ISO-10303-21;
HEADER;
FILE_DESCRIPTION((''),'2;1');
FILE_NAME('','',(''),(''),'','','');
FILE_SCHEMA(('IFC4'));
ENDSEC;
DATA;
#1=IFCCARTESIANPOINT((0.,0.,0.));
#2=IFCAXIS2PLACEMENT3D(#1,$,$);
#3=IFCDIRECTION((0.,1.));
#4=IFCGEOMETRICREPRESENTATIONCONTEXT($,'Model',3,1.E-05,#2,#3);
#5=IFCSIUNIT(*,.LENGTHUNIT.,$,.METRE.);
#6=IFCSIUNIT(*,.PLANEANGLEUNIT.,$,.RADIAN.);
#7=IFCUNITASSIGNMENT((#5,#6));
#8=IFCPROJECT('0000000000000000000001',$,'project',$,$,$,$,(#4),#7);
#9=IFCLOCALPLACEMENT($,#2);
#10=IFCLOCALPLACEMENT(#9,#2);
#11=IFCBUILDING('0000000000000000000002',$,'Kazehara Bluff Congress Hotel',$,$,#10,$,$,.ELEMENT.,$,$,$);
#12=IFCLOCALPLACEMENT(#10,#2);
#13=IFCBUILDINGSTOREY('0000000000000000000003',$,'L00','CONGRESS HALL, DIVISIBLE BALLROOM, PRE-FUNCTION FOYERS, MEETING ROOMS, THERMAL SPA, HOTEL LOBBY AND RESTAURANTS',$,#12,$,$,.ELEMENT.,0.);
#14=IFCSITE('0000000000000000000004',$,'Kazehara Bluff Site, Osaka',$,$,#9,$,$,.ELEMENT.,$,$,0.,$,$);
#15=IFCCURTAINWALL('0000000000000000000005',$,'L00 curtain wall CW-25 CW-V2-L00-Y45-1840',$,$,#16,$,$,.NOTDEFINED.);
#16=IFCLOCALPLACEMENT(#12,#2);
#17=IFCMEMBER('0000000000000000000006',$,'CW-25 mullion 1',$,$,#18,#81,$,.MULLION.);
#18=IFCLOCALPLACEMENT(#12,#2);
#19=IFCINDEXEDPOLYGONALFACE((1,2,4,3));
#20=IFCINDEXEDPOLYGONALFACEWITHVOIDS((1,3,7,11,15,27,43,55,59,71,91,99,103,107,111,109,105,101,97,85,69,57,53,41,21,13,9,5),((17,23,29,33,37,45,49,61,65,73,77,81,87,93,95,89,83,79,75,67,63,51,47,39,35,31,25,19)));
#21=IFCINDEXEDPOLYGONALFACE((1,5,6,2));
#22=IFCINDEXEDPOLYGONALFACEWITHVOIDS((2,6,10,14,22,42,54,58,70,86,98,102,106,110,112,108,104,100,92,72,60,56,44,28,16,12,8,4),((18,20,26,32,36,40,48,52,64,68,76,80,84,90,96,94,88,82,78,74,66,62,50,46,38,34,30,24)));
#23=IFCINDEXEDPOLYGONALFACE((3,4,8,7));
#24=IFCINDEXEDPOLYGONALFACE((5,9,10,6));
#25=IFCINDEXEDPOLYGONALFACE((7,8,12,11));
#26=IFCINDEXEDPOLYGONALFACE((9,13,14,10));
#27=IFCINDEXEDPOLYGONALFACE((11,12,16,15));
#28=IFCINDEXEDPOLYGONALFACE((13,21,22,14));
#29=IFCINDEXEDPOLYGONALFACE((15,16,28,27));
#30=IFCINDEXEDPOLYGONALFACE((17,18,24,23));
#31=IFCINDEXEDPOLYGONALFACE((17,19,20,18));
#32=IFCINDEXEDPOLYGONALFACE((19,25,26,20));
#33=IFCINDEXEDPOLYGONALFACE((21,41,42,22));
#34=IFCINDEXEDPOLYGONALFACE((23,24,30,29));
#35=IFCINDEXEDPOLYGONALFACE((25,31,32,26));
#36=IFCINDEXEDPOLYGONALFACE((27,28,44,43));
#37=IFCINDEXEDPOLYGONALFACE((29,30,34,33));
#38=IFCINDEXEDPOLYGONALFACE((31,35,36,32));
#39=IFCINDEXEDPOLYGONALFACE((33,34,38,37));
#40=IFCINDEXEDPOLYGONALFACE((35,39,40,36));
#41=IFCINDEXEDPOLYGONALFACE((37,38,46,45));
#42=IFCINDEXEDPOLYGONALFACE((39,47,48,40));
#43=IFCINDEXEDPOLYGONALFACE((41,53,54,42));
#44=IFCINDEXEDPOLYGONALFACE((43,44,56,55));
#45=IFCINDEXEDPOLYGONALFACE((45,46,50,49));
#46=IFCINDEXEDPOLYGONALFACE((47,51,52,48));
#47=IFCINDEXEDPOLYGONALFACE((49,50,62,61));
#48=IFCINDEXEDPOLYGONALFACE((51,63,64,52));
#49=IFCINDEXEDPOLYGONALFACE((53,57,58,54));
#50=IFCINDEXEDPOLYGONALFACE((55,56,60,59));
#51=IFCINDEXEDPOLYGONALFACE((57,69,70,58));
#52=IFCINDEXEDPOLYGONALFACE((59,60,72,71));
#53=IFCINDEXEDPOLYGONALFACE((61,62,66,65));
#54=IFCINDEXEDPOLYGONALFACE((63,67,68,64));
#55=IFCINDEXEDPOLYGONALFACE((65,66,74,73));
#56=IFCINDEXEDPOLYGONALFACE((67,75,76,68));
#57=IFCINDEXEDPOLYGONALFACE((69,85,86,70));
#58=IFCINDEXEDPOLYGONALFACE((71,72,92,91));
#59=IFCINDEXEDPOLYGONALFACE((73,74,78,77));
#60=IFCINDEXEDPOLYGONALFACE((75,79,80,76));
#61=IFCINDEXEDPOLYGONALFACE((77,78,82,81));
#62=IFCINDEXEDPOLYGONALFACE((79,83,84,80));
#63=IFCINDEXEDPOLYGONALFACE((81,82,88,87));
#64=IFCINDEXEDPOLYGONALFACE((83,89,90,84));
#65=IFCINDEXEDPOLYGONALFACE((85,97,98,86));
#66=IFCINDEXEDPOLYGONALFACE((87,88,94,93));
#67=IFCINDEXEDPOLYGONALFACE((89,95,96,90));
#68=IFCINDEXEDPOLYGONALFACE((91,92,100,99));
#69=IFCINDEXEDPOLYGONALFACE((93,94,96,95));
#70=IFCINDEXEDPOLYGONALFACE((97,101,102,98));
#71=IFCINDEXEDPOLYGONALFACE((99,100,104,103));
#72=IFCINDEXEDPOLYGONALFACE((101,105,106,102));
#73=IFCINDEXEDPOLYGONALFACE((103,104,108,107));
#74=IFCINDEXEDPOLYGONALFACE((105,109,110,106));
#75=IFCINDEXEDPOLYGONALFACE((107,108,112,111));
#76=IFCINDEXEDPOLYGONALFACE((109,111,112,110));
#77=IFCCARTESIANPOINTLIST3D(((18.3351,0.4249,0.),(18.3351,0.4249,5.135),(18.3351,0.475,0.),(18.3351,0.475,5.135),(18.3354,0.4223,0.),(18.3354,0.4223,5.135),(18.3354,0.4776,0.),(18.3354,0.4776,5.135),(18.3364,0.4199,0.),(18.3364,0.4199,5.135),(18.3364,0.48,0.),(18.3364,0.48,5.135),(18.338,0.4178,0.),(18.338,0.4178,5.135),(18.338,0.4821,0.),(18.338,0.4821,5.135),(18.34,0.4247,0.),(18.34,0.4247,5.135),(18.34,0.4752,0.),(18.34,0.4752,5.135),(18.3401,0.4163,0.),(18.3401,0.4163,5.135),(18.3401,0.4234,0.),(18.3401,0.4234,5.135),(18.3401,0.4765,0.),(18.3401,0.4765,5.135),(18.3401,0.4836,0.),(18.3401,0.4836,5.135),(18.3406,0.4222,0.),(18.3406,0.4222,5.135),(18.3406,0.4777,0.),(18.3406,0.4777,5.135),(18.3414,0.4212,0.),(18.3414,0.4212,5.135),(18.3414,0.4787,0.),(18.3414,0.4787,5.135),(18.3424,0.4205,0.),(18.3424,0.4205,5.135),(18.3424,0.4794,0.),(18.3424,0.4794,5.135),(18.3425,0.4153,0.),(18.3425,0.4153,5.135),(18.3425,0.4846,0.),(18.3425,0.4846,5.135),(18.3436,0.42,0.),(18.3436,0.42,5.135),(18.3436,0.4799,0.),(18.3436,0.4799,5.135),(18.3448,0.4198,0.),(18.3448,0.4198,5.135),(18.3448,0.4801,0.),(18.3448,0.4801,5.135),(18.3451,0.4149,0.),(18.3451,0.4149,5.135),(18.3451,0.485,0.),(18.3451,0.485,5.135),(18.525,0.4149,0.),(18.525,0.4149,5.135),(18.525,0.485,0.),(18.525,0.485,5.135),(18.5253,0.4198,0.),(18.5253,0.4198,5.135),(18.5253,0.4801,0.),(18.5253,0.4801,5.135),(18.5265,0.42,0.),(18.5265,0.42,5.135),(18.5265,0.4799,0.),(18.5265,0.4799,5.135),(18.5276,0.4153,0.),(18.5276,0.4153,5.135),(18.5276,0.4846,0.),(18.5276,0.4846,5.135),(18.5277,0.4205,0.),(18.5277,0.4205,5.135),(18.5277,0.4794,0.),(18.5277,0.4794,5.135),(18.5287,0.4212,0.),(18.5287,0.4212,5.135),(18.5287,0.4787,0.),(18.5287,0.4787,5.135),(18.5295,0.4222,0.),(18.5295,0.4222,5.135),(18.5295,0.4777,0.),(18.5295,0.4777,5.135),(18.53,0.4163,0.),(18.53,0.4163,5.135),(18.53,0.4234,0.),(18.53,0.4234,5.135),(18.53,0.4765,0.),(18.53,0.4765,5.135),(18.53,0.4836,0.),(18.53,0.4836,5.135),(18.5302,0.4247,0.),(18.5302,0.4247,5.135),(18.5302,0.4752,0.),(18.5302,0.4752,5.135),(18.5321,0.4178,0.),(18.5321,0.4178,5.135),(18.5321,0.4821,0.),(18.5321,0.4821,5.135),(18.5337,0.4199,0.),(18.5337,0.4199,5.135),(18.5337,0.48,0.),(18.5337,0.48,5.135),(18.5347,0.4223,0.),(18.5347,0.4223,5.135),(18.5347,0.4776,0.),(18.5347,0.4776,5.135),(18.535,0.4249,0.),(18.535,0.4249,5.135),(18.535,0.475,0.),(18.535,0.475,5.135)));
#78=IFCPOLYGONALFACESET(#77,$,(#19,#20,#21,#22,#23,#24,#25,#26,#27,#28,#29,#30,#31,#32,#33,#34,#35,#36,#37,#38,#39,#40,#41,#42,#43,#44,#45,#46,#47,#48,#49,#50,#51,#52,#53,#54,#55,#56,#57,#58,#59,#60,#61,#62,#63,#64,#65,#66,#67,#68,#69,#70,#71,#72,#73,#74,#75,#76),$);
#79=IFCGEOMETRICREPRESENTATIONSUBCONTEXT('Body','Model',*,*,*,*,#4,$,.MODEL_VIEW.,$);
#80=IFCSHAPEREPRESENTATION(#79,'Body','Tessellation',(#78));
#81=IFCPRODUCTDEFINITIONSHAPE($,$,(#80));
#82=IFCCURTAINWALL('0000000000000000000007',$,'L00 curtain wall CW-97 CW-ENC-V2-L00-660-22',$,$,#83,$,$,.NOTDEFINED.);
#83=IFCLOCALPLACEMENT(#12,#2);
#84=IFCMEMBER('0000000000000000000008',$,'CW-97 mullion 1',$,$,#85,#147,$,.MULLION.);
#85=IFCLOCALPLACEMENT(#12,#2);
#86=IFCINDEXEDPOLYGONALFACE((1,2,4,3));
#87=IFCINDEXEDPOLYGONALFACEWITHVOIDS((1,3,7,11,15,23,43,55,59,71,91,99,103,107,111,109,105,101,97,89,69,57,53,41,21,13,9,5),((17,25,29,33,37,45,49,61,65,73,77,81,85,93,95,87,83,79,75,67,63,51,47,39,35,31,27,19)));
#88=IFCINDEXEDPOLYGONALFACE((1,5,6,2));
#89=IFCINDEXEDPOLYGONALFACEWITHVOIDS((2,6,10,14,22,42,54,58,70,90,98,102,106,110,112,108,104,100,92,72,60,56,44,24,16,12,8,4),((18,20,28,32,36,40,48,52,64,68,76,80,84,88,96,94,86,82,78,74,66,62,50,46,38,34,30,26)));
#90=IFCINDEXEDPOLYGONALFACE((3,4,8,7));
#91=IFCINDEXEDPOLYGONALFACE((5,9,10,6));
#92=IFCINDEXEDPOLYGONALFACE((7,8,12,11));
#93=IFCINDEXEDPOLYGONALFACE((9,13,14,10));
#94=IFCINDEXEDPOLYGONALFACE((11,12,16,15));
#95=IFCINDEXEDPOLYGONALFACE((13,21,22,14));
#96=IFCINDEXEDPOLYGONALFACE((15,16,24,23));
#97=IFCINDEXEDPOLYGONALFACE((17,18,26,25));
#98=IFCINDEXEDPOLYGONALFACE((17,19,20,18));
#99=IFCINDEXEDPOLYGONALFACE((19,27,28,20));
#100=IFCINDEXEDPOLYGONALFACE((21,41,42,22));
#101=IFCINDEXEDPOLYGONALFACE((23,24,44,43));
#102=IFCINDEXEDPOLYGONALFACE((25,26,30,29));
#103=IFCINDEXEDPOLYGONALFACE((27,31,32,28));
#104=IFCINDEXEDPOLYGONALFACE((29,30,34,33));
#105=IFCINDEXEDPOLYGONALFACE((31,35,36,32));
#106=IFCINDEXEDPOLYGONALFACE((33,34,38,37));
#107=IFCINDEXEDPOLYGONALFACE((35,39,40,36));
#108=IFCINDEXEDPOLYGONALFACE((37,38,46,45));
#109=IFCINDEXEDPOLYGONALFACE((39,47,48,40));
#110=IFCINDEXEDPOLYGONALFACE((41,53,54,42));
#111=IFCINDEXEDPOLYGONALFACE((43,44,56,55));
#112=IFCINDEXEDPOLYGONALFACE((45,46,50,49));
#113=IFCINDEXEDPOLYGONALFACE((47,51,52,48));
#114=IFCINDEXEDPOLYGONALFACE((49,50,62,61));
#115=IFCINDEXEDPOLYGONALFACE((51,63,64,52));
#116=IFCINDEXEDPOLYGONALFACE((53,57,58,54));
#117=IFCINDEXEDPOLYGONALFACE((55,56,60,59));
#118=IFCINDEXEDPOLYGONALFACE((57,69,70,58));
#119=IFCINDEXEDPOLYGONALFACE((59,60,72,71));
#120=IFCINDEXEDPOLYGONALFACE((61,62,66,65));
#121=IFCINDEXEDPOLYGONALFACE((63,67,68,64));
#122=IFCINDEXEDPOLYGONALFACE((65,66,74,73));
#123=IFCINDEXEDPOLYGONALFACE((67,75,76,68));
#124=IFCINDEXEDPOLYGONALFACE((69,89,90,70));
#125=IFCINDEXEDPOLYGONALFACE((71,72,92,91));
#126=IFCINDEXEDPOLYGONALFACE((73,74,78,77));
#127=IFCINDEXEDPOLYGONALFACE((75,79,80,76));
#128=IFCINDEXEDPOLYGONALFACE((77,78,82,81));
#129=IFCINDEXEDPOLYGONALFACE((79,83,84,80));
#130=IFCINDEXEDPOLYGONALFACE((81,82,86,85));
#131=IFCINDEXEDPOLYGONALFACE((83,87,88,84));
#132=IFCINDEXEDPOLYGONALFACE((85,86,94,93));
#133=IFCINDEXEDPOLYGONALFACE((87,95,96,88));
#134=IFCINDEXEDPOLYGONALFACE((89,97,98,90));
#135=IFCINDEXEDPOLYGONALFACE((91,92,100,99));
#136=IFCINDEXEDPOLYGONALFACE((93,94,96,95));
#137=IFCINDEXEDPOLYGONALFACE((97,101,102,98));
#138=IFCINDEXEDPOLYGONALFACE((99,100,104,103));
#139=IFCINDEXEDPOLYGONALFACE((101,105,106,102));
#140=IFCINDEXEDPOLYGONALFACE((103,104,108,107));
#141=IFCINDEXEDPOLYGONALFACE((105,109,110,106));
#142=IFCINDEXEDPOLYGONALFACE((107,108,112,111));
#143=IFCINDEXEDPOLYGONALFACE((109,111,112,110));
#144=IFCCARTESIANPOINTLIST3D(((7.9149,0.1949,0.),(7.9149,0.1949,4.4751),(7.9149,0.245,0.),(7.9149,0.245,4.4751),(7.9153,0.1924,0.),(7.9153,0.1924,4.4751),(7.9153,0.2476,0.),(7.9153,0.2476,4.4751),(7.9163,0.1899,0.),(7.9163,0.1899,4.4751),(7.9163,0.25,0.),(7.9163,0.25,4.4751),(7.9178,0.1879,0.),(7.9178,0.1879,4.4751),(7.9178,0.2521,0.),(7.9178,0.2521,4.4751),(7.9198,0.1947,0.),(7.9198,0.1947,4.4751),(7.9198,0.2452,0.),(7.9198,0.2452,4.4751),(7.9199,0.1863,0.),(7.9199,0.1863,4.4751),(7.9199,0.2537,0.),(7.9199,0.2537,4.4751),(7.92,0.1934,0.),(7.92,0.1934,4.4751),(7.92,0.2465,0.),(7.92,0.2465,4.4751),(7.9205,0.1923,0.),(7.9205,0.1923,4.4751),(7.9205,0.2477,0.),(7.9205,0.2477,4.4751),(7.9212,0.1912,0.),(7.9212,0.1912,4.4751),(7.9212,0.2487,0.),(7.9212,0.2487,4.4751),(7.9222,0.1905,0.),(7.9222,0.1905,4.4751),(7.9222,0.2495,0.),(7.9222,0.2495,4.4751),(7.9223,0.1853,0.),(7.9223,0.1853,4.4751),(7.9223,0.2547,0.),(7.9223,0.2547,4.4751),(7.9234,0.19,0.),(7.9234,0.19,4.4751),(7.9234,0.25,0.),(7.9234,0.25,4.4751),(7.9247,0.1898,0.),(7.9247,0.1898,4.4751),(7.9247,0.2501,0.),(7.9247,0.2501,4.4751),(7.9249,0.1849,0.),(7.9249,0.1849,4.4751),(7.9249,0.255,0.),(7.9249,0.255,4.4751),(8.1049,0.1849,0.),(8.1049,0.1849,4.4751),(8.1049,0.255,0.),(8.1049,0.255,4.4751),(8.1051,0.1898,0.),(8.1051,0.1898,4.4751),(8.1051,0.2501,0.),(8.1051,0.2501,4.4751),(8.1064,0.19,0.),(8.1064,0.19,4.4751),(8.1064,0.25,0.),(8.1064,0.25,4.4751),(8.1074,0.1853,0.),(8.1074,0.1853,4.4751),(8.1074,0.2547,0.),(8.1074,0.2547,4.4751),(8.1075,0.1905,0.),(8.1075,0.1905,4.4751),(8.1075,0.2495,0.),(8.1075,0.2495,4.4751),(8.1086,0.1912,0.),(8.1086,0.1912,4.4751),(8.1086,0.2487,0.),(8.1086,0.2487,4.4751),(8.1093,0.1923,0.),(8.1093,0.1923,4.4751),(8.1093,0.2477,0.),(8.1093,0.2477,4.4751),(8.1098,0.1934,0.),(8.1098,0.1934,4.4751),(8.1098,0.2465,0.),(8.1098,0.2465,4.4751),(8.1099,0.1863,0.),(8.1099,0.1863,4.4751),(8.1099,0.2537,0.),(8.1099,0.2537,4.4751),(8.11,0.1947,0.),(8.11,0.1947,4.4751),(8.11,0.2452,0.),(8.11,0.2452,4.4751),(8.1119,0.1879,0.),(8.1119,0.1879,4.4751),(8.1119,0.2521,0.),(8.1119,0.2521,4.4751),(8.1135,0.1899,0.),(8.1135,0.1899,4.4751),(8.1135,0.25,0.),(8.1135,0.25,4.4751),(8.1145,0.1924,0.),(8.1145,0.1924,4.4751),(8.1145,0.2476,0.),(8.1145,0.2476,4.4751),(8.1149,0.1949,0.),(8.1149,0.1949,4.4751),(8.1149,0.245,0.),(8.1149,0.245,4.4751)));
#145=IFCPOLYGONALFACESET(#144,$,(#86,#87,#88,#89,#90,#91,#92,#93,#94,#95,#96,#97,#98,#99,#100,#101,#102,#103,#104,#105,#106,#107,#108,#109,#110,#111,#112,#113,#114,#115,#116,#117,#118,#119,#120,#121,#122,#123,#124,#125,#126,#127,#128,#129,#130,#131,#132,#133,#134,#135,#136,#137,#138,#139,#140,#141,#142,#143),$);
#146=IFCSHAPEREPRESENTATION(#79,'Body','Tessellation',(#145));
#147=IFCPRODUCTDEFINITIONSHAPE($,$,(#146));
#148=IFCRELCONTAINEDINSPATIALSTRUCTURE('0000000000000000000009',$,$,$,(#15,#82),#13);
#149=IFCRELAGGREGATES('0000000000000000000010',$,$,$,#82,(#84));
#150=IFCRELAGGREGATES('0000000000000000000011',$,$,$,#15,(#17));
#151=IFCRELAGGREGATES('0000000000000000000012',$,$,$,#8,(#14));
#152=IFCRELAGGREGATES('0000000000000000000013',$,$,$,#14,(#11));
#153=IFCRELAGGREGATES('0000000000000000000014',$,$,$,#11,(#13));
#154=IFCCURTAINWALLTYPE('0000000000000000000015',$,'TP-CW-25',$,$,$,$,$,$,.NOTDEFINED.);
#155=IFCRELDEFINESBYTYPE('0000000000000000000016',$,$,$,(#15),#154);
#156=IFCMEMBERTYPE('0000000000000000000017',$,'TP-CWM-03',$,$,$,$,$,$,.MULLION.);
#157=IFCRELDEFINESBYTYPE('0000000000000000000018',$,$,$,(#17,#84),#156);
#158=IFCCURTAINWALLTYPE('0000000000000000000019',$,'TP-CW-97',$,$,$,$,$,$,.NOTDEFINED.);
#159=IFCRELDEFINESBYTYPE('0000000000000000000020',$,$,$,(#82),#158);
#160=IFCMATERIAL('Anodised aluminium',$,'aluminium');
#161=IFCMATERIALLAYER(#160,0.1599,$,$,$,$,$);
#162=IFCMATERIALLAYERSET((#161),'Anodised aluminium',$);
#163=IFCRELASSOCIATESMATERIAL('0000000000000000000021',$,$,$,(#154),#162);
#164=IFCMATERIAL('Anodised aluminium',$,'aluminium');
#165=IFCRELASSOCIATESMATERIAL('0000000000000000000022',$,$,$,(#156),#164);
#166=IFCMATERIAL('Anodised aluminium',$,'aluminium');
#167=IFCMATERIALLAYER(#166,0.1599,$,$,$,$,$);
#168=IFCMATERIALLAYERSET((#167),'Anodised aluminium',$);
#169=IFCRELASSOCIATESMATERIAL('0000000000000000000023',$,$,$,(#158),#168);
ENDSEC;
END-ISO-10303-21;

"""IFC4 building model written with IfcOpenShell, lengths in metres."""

from ifc_helpers import new_model, si_unit, direction, frame, origin, origin_2d, place, context, subcontext, project, spatial, hollow_rectangle, extrude, material, layer, layer_set, material_profile, profile_set, type_object, element, aggregate, save


model = new_model("IFC4")

# Units and contexts
model_context = context("Model", 3, precision=1e-05, world=origin(), true_north=direction((0.0, 1.0)))
body_context = subcontext(model_context, "Body", "Model", "MODEL_VIEW")
ifc_project = project(units=[si_unit("LENGTHUNIT", "METRE"), si_unit("PLANEANGLEUNIT", "RADIAN")], contexts=[model_context])

# Site, building, storey
site_placement = place(None, origin())
site = spatial("IfcSite", under=ifc_project, at=site_placement, Name="Kazehara Bluff Site, Osaka", CompositionType="ELEMENT", RefElevation=0.0)
building_placement = place(site_placement, origin())
building = spatial("IfcBuilding", under=site, at=building_placement, Name="Kazehara Bluff Congress Hotel", CompositionType="ELEMENT")
storey_placement = place(building_placement, origin())
storey = spatial("IfcBuildingStorey", under=building, at=storey_placement, Name="L00", Description="CONGRESS HALL, DIVISIBLE BALLROOM, PRE-FUNCTION FOYERS, MEETING ROOMS, THERMAL SPA, HOTEL LOBBY AND RESTAURANTS", CompositionType="ELEMENT", Elevation=0.0)

# Curtain walls, members
ifc_material_1 = material(Name="Anodised aluminium", Category="aluminium")
ifc_layer_1 = layer(ifc_material_1, 0.1599)
ifc_layer_set_1 = layer_set([ifc_layer_1], Name="Anodised aluminium")
curtain_wall_type_1 = type_object("IfcCurtainWallType", Name="TP-CW-25", PredefinedType="NOTDEFINED", material=ifc_layer_set_1)
curtain_wall_1_placement = place(storey_placement, origin())
curtain_wall_1 = element("IfcCurtainWall", 1, at=curtain_wall_1_placement, inside=storey, type_object=curtain_wall_type_1, Name="L00 curtain wall CW-25 CW-V2-L00-Y45-1840", PredefinedType="NOTDEFINED")
ifc_material_2 = material(Name="Anodised aluminium", Category="aluminium")
ifc_material_profile_1 = material_profile(ifc_material_2, hollow_rectangle(XDim=0.0701, YDim=0.2, WallThickness=0.0049, InnerFilletRadius=0.0049, OuterFilletRadius=0.01, at=origin_2d()))
ifc_profile_set_1 = profile_set([ifc_material_profile_1], Name="Anodised aluminium")
member_type_1 = type_object("IfcMemberType", Name="TP-CWM-03", PredefinedType="MULLION", material=ifc_profile_set_1)
member_1_placement = place(storey_placement, frame((18.4351, 0.45, 0.0), z_axis=(0.0, 0.0, 1.0), x_axis=(0.0, 1.0, 0.0)))
member_1 = element("IfcMember", 2, at=member_1_placement, type_object=member_type_1, Name="CW-25 mullion 1", PredefinedType="MULLION", context=body_context, shape_type="SweptSolid", body=[
    extrude(hollow_rectangle(XDim=0.0701, YDim=0.2, WallThickness=0.0049, InnerFilletRadius=0.0049, OuterFilletRadius=0.01, at=origin_2d()), origin(), (0.0, 0.0, 1.0), 5.135),
])
ifc_material_3 = material(Name="Anodised aluminium", Category="aluminium")
ifc_layer_2 = layer(ifc_material_3, 0.1599)
ifc_layer_set_2 = layer_set([ifc_layer_2], Name="Anodised aluminium")
curtain_wall_type_2 = type_object("IfcCurtainWallType", Name="TP-CW-97", PredefinedType="NOTDEFINED", material=ifc_layer_set_2)
curtain_wall_2_placement = place(storey_placement, origin())
curtain_wall_2 = element("IfcCurtainWall", 3, at=curtain_wall_2_placement, inside=storey, type_object=curtain_wall_type_2, Name="L00 curtain wall CW-97 CW-ENC-V2-L00-660-22", PredefinedType="NOTDEFINED")
member_2_placement = place(storey_placement, frame((8.0149, 0.22, 0.0), z_axis=(0.0, 0.0, 1.0), x_axis=(0.0, -1.0, 0.0)))
member_2 = element("IfcMember", 4, at=member_2_placement, type_object=member_type_1, Name="CW-97 mullion 1", PredefinedType="MULLION", context=body_context, shape_type="SweptSolid", body=[
    extrude(hollow_rectangle(XDim=0.0701, YDim=0.2, WallThickness=0.0049, InnerFilletRadius=0.0049, OuterFilletRadius=0.01, at=origin_2d()), origin(), (0.0, 0.0, 1.0), 4.4751),
])
aggregate(curtain_wall_2, [member_2])

aggregate(curtain_wall_1, [member_1])

save(model, "model.ifc")
